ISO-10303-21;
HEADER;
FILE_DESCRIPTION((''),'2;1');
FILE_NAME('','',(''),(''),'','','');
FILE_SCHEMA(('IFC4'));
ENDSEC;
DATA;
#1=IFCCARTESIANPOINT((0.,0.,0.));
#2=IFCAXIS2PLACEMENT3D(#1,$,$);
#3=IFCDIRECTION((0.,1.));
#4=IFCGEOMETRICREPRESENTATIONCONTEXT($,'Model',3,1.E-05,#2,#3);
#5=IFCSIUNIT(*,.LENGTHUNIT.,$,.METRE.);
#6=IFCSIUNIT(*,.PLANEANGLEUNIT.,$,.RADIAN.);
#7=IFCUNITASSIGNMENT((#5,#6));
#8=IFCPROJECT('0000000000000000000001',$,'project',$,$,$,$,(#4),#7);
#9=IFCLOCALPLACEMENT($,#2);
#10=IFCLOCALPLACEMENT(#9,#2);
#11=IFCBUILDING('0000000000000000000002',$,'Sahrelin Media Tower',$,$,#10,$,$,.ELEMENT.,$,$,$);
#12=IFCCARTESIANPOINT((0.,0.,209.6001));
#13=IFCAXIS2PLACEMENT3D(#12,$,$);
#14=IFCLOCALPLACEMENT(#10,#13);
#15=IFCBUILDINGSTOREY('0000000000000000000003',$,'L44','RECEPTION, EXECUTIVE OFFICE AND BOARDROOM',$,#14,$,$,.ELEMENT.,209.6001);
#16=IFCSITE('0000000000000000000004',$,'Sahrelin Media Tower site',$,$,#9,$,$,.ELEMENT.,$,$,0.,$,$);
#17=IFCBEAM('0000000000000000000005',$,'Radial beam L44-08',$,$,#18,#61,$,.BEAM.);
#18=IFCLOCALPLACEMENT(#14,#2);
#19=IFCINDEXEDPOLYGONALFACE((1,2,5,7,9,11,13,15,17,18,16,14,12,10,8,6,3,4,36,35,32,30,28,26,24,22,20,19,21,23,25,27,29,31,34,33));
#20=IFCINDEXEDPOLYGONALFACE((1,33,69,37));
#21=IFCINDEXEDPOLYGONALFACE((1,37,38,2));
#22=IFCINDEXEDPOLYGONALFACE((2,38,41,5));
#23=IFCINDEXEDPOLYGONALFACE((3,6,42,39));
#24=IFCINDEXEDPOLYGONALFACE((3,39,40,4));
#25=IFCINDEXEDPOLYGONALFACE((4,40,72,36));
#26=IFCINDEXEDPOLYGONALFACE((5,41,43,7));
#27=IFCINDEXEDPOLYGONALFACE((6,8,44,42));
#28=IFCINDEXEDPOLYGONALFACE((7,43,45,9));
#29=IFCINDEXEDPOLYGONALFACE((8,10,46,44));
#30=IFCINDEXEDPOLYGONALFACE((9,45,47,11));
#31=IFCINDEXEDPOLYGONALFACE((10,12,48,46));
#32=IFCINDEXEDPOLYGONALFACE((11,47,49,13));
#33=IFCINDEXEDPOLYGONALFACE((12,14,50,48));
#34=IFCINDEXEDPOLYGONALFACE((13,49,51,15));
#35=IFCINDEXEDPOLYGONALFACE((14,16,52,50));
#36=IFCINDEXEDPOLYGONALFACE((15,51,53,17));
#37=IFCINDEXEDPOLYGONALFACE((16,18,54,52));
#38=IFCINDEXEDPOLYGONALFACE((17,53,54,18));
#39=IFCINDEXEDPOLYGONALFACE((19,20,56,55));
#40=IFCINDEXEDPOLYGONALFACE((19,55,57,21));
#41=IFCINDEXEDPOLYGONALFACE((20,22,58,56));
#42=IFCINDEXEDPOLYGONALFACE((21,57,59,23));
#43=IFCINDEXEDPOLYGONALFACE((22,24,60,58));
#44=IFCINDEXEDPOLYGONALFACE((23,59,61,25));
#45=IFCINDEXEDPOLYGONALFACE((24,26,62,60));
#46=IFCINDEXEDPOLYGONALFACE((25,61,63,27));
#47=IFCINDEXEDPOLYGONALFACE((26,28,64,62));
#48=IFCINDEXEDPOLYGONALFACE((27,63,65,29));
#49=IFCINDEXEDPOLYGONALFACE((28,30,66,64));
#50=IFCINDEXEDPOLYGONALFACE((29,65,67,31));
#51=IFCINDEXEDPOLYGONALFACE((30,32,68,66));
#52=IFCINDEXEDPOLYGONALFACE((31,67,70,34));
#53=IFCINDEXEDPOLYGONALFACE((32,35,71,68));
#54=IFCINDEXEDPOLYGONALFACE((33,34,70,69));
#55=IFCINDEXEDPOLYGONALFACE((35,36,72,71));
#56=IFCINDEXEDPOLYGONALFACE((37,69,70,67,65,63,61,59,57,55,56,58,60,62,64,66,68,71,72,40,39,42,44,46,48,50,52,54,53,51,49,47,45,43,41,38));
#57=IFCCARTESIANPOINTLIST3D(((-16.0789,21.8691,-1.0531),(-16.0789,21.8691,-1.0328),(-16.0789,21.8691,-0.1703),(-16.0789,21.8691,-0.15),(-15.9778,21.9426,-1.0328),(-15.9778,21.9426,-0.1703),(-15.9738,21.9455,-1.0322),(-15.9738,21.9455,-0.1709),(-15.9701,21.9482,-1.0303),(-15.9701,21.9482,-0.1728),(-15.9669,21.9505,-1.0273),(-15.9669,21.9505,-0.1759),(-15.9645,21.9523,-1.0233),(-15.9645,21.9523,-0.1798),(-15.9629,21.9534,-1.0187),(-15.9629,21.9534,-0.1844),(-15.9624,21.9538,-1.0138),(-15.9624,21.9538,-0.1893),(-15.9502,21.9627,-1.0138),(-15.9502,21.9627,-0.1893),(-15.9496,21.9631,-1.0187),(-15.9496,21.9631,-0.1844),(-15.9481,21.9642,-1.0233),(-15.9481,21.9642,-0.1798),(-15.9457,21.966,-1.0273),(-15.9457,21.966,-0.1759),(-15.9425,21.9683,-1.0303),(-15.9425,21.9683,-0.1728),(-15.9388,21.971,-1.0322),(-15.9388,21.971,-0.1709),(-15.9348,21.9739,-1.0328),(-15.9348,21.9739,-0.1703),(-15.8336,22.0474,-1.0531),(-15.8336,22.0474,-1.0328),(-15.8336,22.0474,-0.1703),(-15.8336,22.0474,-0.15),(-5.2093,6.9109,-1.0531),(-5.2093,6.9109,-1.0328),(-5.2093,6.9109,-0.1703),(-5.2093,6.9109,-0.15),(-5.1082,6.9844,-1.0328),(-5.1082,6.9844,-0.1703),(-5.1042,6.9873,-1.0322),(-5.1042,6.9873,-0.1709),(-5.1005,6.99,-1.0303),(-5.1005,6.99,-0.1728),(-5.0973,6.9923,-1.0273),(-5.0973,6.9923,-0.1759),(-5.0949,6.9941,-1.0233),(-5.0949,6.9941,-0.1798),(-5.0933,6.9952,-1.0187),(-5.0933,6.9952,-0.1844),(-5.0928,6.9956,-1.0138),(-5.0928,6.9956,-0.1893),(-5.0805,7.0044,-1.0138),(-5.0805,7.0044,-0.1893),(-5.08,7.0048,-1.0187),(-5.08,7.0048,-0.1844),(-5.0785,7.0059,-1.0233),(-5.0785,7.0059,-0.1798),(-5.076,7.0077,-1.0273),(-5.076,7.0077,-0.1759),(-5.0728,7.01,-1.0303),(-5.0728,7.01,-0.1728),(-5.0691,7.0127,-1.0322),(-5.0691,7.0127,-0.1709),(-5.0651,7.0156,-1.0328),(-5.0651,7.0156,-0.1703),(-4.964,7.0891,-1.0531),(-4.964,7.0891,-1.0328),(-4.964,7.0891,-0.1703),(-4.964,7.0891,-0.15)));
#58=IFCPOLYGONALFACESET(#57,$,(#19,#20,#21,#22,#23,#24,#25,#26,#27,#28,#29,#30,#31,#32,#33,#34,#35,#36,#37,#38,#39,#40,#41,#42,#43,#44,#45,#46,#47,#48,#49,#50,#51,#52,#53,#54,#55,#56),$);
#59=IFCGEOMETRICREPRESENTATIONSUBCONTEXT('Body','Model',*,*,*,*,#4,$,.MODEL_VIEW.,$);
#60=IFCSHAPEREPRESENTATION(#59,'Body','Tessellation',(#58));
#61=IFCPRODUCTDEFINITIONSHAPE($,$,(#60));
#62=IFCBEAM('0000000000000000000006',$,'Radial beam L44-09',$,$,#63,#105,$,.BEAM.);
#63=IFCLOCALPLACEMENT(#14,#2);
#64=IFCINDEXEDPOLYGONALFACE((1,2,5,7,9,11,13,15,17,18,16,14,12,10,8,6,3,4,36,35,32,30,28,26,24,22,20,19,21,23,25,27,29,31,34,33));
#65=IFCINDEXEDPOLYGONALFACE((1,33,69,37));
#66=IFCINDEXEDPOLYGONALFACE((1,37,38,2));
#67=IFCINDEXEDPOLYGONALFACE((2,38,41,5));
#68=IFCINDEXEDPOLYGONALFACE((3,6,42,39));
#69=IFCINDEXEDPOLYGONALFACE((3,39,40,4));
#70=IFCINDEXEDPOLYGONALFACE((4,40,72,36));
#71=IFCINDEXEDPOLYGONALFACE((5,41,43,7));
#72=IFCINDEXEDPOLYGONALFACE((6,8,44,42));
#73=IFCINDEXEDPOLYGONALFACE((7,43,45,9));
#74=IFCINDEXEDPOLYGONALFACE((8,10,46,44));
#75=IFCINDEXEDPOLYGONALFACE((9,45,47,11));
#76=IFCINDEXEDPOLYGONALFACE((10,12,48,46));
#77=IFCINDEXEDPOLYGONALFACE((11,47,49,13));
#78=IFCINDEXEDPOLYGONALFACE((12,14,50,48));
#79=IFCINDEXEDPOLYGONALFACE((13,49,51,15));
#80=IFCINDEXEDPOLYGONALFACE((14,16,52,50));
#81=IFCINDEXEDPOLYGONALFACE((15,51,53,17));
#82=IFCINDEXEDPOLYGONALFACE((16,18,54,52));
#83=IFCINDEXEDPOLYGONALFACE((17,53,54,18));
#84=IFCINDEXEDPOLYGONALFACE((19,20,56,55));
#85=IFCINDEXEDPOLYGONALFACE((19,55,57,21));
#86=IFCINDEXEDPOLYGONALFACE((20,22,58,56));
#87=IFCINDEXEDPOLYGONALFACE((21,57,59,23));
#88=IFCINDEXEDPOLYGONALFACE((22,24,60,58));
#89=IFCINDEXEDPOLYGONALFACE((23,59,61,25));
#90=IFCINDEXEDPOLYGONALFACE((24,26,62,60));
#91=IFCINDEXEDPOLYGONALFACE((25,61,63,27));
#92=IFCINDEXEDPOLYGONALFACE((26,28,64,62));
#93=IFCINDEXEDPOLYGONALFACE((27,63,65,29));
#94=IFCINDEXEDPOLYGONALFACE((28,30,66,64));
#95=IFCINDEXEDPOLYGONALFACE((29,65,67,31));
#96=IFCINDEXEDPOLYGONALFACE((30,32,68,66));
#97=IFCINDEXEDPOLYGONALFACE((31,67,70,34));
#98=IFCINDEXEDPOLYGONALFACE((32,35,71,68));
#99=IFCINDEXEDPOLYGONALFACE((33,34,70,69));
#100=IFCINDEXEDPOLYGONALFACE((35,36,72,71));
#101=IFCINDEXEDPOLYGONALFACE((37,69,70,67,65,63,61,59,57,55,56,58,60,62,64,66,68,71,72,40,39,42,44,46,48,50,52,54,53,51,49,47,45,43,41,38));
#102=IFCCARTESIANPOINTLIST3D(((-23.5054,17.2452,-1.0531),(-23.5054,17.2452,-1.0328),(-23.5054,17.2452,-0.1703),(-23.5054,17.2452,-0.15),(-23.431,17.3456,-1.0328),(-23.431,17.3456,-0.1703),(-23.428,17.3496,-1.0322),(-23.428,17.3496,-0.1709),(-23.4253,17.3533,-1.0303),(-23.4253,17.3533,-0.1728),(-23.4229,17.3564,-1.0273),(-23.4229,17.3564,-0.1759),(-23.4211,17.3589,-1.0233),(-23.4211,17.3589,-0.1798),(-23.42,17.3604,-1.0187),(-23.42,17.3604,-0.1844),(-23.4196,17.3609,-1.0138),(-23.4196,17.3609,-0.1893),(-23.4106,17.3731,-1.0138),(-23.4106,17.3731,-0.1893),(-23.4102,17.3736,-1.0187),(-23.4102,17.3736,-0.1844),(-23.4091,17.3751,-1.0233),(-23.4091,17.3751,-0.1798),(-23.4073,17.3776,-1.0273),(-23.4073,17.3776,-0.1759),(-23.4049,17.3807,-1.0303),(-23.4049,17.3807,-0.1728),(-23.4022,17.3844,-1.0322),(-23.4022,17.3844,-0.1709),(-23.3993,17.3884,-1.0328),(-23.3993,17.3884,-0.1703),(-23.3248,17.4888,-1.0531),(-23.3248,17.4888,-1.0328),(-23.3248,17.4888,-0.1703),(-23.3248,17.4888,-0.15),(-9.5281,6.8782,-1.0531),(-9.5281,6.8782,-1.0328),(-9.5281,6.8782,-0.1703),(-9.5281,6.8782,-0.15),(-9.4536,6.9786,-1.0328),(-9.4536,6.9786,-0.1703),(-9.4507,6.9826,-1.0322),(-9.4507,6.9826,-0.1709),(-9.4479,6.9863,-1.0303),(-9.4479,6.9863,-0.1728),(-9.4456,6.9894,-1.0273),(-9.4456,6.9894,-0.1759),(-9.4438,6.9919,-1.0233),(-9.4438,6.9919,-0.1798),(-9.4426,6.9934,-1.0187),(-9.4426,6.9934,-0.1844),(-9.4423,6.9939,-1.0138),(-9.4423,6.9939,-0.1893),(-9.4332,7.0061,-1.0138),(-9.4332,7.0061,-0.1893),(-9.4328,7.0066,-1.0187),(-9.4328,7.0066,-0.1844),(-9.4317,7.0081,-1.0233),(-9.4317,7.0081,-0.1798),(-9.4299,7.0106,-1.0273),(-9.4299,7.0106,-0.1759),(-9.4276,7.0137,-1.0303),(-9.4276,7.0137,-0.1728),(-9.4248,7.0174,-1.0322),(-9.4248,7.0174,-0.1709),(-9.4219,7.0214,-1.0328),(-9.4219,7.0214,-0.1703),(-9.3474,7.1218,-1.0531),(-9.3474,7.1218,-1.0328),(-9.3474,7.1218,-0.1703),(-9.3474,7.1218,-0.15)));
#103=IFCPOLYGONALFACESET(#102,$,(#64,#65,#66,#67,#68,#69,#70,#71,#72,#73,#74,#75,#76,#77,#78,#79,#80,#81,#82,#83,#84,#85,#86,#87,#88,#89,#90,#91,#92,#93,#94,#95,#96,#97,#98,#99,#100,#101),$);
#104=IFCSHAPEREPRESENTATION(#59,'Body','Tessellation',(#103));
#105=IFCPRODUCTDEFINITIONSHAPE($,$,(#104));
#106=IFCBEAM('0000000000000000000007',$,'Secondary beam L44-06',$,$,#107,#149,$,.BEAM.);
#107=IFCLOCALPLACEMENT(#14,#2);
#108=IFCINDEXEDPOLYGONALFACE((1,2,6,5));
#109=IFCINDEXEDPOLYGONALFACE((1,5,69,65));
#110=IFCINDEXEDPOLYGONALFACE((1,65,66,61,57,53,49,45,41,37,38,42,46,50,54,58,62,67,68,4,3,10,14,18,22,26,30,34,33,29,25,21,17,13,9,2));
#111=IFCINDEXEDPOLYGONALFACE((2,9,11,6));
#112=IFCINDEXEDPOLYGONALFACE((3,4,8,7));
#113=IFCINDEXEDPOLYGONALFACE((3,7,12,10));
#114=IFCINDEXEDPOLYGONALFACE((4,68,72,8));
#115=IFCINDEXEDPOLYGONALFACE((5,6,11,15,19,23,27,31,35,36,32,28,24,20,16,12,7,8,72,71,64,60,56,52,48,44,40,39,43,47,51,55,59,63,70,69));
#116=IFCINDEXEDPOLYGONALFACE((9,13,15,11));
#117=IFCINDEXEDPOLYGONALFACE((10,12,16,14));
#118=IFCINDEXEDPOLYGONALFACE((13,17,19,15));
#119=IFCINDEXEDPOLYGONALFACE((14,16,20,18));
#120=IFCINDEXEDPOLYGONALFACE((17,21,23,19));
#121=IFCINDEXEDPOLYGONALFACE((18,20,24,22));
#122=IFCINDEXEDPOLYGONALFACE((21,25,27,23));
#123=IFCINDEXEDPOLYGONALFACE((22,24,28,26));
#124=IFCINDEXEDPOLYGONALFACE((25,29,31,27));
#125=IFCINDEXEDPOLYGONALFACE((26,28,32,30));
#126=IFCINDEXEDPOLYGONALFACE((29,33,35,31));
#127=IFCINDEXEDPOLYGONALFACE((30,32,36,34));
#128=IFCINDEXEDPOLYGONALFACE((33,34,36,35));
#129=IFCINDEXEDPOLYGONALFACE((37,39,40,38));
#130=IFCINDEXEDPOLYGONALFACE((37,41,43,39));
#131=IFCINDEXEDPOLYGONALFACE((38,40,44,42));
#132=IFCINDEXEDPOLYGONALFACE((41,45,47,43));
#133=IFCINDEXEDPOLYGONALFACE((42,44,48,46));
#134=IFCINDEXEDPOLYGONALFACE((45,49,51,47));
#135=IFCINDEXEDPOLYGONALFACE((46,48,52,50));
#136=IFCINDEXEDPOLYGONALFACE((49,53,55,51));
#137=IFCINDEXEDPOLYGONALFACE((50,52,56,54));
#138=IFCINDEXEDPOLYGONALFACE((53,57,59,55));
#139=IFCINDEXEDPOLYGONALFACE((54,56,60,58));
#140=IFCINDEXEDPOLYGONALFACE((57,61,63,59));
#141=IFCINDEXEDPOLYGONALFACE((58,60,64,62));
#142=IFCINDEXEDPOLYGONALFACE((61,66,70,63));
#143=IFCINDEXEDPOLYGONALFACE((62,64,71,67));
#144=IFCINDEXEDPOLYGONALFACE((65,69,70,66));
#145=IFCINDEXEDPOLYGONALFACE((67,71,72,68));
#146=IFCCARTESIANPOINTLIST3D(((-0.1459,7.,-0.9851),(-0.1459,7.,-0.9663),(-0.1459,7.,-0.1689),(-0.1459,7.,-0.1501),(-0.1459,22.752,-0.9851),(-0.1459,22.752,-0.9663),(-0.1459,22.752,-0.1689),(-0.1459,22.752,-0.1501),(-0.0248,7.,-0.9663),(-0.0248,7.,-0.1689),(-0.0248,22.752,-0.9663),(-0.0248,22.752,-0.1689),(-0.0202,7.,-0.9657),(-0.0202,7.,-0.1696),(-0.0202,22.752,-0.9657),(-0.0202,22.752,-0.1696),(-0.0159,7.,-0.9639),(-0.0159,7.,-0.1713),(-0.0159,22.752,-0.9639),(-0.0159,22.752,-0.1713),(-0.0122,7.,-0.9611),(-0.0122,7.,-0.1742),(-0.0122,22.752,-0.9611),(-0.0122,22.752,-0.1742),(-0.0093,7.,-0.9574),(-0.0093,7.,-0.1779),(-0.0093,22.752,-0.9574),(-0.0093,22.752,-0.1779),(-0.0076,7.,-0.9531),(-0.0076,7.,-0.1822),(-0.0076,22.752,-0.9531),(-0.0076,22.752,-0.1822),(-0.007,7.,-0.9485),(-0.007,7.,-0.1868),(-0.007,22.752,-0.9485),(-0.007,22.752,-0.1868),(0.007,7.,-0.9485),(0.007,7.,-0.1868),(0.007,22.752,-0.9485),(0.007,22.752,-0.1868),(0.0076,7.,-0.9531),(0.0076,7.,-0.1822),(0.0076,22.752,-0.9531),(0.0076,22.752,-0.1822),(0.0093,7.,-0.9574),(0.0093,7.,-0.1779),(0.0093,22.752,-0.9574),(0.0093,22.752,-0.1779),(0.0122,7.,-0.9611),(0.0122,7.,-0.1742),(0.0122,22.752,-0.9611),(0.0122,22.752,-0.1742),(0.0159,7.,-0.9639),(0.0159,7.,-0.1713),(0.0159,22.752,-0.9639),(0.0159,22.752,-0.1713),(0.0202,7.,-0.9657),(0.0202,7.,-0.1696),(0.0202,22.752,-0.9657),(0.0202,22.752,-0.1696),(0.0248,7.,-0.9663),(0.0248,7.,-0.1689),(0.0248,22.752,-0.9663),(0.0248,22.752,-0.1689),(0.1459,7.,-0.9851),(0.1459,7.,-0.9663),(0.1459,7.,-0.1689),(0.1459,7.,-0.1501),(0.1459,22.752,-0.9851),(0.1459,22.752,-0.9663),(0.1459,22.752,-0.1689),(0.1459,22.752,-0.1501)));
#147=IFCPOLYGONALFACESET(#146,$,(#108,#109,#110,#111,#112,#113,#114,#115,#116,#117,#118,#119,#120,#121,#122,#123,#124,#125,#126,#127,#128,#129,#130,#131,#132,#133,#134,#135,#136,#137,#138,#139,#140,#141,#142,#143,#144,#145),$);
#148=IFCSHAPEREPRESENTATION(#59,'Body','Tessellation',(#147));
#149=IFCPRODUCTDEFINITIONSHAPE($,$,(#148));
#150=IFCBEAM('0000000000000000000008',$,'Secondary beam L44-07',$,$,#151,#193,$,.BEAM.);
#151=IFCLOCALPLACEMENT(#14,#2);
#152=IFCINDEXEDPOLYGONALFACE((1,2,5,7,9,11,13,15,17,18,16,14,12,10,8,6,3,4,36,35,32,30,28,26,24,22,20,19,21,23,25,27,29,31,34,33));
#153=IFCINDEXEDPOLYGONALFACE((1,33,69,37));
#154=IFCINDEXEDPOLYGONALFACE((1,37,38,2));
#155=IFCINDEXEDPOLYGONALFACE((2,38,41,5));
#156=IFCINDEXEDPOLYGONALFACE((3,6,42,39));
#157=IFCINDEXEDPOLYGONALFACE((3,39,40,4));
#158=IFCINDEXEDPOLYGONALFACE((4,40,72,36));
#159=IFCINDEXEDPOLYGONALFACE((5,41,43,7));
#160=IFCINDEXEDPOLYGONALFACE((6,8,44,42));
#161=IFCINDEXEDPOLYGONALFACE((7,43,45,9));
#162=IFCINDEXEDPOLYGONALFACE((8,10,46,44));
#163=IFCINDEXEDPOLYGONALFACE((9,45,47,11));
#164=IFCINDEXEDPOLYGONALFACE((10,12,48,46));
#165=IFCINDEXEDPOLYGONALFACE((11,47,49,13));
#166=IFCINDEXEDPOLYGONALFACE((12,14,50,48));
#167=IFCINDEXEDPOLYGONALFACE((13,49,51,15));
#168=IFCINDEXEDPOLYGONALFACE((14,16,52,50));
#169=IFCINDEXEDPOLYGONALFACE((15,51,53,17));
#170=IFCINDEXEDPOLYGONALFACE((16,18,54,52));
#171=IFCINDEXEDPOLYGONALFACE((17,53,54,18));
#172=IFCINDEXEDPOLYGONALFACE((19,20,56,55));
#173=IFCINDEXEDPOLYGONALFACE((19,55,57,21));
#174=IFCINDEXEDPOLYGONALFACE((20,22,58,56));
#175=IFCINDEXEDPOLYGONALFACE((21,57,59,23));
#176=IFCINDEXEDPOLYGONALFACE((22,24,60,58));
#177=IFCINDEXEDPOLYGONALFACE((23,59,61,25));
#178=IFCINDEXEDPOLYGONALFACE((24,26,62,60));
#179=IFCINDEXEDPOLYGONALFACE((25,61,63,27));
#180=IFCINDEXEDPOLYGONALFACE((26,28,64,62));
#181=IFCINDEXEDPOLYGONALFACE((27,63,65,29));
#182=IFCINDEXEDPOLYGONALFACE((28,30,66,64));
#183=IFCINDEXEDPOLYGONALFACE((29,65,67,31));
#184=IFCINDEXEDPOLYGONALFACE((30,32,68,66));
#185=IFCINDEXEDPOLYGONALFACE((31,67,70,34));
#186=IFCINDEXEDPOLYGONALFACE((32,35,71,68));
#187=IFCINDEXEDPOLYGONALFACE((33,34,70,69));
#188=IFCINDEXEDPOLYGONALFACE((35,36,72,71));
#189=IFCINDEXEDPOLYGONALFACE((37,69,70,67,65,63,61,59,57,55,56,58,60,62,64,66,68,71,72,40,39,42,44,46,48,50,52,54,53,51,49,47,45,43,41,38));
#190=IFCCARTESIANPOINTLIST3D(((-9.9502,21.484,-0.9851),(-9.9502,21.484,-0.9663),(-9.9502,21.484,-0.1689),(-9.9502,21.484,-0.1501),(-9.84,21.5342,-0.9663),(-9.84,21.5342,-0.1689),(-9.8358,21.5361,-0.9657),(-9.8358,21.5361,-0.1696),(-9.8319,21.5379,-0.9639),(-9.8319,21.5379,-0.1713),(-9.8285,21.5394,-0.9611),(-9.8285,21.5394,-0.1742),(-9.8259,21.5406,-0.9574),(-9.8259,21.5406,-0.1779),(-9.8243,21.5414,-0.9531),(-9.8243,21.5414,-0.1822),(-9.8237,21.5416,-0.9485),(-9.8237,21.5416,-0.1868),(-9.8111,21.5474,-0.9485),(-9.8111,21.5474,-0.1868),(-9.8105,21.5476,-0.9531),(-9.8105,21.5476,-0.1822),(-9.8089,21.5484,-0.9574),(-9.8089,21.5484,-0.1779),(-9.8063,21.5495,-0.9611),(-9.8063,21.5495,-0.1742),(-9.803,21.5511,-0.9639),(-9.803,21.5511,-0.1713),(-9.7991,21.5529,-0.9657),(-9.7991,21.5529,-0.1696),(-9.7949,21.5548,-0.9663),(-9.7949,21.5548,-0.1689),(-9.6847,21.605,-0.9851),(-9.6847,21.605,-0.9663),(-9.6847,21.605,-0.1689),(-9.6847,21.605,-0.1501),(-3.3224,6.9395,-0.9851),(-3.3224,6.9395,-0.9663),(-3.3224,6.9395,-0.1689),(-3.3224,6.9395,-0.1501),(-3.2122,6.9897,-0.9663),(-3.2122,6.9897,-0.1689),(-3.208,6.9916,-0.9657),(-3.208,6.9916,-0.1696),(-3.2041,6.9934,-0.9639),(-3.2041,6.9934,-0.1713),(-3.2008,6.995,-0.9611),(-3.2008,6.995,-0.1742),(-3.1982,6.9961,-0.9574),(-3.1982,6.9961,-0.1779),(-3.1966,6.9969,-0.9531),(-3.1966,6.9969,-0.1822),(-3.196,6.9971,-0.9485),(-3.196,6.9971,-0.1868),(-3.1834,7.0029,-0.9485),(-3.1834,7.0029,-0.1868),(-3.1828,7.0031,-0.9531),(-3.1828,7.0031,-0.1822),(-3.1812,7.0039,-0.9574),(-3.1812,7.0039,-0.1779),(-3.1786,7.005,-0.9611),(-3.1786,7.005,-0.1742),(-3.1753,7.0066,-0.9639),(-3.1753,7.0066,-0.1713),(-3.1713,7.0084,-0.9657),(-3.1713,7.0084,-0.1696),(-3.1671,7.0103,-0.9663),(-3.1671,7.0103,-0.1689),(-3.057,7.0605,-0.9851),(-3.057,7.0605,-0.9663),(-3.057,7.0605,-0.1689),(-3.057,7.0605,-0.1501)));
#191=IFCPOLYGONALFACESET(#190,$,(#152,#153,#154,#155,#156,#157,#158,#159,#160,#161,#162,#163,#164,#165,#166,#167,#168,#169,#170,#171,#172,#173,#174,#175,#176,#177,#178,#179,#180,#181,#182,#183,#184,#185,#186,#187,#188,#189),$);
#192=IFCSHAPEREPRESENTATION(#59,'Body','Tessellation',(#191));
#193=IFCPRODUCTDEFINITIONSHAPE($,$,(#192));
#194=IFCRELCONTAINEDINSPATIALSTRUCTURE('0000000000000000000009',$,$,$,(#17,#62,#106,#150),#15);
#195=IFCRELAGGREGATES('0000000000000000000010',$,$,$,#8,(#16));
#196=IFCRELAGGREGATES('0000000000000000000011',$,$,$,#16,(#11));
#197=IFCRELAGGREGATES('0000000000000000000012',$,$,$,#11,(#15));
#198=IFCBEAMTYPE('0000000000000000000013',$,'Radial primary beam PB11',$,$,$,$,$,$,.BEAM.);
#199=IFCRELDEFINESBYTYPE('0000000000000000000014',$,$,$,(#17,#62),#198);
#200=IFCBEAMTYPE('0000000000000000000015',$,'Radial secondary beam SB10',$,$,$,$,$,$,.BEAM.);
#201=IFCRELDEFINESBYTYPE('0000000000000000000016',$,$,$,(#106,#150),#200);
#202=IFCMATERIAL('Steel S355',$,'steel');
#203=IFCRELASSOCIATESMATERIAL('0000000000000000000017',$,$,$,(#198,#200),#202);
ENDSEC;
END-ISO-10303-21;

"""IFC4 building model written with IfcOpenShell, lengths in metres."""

from ifc_helpers import new_model, si_unit, direction, frame, origin, origin_2d, place, context, subcontext, project, spatial, i_section, extrude, material, material_profile, profile_set, type_object, element, save


model = new_model("IFC4")

# Units and contexts
model_context = context("Model", 3, precision=1e-05, world=origin(), true_north=direction((0.0, 1.0)))
body_context = subcontext(model_context, "Body", "Model", "MODEL_VIEW")
ifc_project = project(units=[si_unit("LENGTHUNIT", "METRE"), si_unit("PLANEANGLEUNIT", "RADIAN")], contexts=[model_context])

# Site, building, storey
site_placement = place(None, origin())
site = spatial("IfcSite", under=ifc_project, at=site_placement, Name="Sahrelin Media Tower site", CompositionType="ELEMENT", RefElevation=0.0)
building_placement = place(site_placement, origin())
building = spatial("IfcBuilding", under=site, at=building_placement, Name="Sahrelin Media Tower", CompositionType="ELEMENT")
storey_placement = place(building_placement, frame((0.0, 0.0, 209.6001)))
storey = spatial("IfcBuildingStorey", under=building, at=storey_placement, Name="L44", Description="RECEPTION, EXECUTIVE OFFICE AND BOARDROOM", CompositionType="ELEMENT", Elevation=209.6001)

# Shared definitions
ifc_material_1 = material(Name="Steel S355", Category="steel")

# Beams
ifc_material_profile_1 = material_profile(ifc_material_1, i_section(OverallWidth=0.3032, OverallDepth=0.9031, WebThickness=0.0151, FlangeThickness=0.0203, FilletRadius=0.019, at=origin_2d()), Name="UB 914x305x201")
ifc_profile_set_1 = profile_set([ifc_material_profile_1], Name="Steel S355")
beam_type_1 = type_object("IfcBeamType", Name="Radial primary beam PB11", PredefinedType="BEAM", material=ifc_profile_set_1)
beam_1_placement = place(storey_placement, frame((-5.0867, 7.0, -0.6016), z_axis=(-0.58785, 0.80897, 0.0), x_axis=(-0.80897, -0.58785, 0.0)))
element("IfcBeam", 1, at=beam_1_placement, inside=storey, type_object=beam_type_1, Name="Radial beam L44-08", PredefinedType="BEAM", context=body_context, shape_type="SweptSolid", body=[
    extrude(i_section(OverallWidth=0.3032, OverallDepth=0.9031, WebThickness=0.0151, FlangeThickness=0.0203, FilletRadius=0.019, at=origin_2d()), origin(), (0.0, 0.0, 1.0), 18.4905),
])
beam_2_placement = place(storey_placement, frame((-9.4377, 7.0, -0.6016), z_axis=(-0.803189, 0.595724, 0.0), x_axis=(-0.595724, -0.803189, 0.0)))
element("IfcBeam", 2, at=beam_2_placement, inside=storey, type_object=beam_type_1, Name="Radial beam L44-09", PredefinedType="BEAM", context=body_context, shape_type="SweptSolid", body=[
    extrude(i_section(OverallWidth=0.3032, OverallDepth=0.9031, WebThickness=0.0151, FlangeThickness=0.0203, FilletRadius=0.019, at=origin_2d()), origin(), (0.0, 0.0, 1.0), 17.4023),
])
ifc_material_profile_2 = material_profile(ifc_material_1, i_section(OverallWidth=0.2917, OverallDepth=0.835, WebThickness=0.0139, FlangeThickness=0.0188, FilletRadius=0.0178, at=origin_2d()), Name="UB 838x292x176")
ifc_profile_set_2 = profile_set([ifc_material_profile_2], Name="Steel S355")
beam_type_2 = type_object("IfcBeamType", Name="Radial secondary beam SB10", PredefinedType="BEAM", material=ifc_profile_set_2)
beam_3_placement = place(storey_placement, frame((0.0, 7.0, -0.5676), z_axis=(0.0, 1.0, 0.0), x_axis=(-1.0, 0.0, 0.0)))
element("IfcBeam", 3, at=beam_3_placement, inside=storey, type_object=beam_type_2, Name="Secondary beam L44-06", PredefinedType="BEAM", context=body_context, shape_type="SweptSolid", body=[
    extrude(i_section(OverallWidth=0.2917, OverallDepth=0.835, WebThickness=0.0139, FlangeThickness=0.0188, FilletRadius=0.0178, at=origin_2d()), origin(), (0.0, 0.0, 1.0), 15.752),
])
beam_4_placement = place(storey_placement, frame((-3.1897, 7.0, -0.5676), z_axis=(-0.414662, 0.909975, 0.0), x_axis=(-0.909975, -0.414662, 0.0)))
element("IfcBeam", 4, at=beam_4_placement, inside=storey, type_object=beam_type_2, Name="Secondary beam L44-07", PredefinedType="BEAM", context=body_context, shape_type="SweptSolid", body=[
    extrude(i_section(OverallWidth=0.2917, OverallDepth=0.835, WebThickness=0.0139, FlangeThickness=0.0188, FilletRadius=0.0178, at=origin_2d()), origin(), (0.0, 0.0, 1.0), 15.9834),
])

save(model, "model.ifc")
